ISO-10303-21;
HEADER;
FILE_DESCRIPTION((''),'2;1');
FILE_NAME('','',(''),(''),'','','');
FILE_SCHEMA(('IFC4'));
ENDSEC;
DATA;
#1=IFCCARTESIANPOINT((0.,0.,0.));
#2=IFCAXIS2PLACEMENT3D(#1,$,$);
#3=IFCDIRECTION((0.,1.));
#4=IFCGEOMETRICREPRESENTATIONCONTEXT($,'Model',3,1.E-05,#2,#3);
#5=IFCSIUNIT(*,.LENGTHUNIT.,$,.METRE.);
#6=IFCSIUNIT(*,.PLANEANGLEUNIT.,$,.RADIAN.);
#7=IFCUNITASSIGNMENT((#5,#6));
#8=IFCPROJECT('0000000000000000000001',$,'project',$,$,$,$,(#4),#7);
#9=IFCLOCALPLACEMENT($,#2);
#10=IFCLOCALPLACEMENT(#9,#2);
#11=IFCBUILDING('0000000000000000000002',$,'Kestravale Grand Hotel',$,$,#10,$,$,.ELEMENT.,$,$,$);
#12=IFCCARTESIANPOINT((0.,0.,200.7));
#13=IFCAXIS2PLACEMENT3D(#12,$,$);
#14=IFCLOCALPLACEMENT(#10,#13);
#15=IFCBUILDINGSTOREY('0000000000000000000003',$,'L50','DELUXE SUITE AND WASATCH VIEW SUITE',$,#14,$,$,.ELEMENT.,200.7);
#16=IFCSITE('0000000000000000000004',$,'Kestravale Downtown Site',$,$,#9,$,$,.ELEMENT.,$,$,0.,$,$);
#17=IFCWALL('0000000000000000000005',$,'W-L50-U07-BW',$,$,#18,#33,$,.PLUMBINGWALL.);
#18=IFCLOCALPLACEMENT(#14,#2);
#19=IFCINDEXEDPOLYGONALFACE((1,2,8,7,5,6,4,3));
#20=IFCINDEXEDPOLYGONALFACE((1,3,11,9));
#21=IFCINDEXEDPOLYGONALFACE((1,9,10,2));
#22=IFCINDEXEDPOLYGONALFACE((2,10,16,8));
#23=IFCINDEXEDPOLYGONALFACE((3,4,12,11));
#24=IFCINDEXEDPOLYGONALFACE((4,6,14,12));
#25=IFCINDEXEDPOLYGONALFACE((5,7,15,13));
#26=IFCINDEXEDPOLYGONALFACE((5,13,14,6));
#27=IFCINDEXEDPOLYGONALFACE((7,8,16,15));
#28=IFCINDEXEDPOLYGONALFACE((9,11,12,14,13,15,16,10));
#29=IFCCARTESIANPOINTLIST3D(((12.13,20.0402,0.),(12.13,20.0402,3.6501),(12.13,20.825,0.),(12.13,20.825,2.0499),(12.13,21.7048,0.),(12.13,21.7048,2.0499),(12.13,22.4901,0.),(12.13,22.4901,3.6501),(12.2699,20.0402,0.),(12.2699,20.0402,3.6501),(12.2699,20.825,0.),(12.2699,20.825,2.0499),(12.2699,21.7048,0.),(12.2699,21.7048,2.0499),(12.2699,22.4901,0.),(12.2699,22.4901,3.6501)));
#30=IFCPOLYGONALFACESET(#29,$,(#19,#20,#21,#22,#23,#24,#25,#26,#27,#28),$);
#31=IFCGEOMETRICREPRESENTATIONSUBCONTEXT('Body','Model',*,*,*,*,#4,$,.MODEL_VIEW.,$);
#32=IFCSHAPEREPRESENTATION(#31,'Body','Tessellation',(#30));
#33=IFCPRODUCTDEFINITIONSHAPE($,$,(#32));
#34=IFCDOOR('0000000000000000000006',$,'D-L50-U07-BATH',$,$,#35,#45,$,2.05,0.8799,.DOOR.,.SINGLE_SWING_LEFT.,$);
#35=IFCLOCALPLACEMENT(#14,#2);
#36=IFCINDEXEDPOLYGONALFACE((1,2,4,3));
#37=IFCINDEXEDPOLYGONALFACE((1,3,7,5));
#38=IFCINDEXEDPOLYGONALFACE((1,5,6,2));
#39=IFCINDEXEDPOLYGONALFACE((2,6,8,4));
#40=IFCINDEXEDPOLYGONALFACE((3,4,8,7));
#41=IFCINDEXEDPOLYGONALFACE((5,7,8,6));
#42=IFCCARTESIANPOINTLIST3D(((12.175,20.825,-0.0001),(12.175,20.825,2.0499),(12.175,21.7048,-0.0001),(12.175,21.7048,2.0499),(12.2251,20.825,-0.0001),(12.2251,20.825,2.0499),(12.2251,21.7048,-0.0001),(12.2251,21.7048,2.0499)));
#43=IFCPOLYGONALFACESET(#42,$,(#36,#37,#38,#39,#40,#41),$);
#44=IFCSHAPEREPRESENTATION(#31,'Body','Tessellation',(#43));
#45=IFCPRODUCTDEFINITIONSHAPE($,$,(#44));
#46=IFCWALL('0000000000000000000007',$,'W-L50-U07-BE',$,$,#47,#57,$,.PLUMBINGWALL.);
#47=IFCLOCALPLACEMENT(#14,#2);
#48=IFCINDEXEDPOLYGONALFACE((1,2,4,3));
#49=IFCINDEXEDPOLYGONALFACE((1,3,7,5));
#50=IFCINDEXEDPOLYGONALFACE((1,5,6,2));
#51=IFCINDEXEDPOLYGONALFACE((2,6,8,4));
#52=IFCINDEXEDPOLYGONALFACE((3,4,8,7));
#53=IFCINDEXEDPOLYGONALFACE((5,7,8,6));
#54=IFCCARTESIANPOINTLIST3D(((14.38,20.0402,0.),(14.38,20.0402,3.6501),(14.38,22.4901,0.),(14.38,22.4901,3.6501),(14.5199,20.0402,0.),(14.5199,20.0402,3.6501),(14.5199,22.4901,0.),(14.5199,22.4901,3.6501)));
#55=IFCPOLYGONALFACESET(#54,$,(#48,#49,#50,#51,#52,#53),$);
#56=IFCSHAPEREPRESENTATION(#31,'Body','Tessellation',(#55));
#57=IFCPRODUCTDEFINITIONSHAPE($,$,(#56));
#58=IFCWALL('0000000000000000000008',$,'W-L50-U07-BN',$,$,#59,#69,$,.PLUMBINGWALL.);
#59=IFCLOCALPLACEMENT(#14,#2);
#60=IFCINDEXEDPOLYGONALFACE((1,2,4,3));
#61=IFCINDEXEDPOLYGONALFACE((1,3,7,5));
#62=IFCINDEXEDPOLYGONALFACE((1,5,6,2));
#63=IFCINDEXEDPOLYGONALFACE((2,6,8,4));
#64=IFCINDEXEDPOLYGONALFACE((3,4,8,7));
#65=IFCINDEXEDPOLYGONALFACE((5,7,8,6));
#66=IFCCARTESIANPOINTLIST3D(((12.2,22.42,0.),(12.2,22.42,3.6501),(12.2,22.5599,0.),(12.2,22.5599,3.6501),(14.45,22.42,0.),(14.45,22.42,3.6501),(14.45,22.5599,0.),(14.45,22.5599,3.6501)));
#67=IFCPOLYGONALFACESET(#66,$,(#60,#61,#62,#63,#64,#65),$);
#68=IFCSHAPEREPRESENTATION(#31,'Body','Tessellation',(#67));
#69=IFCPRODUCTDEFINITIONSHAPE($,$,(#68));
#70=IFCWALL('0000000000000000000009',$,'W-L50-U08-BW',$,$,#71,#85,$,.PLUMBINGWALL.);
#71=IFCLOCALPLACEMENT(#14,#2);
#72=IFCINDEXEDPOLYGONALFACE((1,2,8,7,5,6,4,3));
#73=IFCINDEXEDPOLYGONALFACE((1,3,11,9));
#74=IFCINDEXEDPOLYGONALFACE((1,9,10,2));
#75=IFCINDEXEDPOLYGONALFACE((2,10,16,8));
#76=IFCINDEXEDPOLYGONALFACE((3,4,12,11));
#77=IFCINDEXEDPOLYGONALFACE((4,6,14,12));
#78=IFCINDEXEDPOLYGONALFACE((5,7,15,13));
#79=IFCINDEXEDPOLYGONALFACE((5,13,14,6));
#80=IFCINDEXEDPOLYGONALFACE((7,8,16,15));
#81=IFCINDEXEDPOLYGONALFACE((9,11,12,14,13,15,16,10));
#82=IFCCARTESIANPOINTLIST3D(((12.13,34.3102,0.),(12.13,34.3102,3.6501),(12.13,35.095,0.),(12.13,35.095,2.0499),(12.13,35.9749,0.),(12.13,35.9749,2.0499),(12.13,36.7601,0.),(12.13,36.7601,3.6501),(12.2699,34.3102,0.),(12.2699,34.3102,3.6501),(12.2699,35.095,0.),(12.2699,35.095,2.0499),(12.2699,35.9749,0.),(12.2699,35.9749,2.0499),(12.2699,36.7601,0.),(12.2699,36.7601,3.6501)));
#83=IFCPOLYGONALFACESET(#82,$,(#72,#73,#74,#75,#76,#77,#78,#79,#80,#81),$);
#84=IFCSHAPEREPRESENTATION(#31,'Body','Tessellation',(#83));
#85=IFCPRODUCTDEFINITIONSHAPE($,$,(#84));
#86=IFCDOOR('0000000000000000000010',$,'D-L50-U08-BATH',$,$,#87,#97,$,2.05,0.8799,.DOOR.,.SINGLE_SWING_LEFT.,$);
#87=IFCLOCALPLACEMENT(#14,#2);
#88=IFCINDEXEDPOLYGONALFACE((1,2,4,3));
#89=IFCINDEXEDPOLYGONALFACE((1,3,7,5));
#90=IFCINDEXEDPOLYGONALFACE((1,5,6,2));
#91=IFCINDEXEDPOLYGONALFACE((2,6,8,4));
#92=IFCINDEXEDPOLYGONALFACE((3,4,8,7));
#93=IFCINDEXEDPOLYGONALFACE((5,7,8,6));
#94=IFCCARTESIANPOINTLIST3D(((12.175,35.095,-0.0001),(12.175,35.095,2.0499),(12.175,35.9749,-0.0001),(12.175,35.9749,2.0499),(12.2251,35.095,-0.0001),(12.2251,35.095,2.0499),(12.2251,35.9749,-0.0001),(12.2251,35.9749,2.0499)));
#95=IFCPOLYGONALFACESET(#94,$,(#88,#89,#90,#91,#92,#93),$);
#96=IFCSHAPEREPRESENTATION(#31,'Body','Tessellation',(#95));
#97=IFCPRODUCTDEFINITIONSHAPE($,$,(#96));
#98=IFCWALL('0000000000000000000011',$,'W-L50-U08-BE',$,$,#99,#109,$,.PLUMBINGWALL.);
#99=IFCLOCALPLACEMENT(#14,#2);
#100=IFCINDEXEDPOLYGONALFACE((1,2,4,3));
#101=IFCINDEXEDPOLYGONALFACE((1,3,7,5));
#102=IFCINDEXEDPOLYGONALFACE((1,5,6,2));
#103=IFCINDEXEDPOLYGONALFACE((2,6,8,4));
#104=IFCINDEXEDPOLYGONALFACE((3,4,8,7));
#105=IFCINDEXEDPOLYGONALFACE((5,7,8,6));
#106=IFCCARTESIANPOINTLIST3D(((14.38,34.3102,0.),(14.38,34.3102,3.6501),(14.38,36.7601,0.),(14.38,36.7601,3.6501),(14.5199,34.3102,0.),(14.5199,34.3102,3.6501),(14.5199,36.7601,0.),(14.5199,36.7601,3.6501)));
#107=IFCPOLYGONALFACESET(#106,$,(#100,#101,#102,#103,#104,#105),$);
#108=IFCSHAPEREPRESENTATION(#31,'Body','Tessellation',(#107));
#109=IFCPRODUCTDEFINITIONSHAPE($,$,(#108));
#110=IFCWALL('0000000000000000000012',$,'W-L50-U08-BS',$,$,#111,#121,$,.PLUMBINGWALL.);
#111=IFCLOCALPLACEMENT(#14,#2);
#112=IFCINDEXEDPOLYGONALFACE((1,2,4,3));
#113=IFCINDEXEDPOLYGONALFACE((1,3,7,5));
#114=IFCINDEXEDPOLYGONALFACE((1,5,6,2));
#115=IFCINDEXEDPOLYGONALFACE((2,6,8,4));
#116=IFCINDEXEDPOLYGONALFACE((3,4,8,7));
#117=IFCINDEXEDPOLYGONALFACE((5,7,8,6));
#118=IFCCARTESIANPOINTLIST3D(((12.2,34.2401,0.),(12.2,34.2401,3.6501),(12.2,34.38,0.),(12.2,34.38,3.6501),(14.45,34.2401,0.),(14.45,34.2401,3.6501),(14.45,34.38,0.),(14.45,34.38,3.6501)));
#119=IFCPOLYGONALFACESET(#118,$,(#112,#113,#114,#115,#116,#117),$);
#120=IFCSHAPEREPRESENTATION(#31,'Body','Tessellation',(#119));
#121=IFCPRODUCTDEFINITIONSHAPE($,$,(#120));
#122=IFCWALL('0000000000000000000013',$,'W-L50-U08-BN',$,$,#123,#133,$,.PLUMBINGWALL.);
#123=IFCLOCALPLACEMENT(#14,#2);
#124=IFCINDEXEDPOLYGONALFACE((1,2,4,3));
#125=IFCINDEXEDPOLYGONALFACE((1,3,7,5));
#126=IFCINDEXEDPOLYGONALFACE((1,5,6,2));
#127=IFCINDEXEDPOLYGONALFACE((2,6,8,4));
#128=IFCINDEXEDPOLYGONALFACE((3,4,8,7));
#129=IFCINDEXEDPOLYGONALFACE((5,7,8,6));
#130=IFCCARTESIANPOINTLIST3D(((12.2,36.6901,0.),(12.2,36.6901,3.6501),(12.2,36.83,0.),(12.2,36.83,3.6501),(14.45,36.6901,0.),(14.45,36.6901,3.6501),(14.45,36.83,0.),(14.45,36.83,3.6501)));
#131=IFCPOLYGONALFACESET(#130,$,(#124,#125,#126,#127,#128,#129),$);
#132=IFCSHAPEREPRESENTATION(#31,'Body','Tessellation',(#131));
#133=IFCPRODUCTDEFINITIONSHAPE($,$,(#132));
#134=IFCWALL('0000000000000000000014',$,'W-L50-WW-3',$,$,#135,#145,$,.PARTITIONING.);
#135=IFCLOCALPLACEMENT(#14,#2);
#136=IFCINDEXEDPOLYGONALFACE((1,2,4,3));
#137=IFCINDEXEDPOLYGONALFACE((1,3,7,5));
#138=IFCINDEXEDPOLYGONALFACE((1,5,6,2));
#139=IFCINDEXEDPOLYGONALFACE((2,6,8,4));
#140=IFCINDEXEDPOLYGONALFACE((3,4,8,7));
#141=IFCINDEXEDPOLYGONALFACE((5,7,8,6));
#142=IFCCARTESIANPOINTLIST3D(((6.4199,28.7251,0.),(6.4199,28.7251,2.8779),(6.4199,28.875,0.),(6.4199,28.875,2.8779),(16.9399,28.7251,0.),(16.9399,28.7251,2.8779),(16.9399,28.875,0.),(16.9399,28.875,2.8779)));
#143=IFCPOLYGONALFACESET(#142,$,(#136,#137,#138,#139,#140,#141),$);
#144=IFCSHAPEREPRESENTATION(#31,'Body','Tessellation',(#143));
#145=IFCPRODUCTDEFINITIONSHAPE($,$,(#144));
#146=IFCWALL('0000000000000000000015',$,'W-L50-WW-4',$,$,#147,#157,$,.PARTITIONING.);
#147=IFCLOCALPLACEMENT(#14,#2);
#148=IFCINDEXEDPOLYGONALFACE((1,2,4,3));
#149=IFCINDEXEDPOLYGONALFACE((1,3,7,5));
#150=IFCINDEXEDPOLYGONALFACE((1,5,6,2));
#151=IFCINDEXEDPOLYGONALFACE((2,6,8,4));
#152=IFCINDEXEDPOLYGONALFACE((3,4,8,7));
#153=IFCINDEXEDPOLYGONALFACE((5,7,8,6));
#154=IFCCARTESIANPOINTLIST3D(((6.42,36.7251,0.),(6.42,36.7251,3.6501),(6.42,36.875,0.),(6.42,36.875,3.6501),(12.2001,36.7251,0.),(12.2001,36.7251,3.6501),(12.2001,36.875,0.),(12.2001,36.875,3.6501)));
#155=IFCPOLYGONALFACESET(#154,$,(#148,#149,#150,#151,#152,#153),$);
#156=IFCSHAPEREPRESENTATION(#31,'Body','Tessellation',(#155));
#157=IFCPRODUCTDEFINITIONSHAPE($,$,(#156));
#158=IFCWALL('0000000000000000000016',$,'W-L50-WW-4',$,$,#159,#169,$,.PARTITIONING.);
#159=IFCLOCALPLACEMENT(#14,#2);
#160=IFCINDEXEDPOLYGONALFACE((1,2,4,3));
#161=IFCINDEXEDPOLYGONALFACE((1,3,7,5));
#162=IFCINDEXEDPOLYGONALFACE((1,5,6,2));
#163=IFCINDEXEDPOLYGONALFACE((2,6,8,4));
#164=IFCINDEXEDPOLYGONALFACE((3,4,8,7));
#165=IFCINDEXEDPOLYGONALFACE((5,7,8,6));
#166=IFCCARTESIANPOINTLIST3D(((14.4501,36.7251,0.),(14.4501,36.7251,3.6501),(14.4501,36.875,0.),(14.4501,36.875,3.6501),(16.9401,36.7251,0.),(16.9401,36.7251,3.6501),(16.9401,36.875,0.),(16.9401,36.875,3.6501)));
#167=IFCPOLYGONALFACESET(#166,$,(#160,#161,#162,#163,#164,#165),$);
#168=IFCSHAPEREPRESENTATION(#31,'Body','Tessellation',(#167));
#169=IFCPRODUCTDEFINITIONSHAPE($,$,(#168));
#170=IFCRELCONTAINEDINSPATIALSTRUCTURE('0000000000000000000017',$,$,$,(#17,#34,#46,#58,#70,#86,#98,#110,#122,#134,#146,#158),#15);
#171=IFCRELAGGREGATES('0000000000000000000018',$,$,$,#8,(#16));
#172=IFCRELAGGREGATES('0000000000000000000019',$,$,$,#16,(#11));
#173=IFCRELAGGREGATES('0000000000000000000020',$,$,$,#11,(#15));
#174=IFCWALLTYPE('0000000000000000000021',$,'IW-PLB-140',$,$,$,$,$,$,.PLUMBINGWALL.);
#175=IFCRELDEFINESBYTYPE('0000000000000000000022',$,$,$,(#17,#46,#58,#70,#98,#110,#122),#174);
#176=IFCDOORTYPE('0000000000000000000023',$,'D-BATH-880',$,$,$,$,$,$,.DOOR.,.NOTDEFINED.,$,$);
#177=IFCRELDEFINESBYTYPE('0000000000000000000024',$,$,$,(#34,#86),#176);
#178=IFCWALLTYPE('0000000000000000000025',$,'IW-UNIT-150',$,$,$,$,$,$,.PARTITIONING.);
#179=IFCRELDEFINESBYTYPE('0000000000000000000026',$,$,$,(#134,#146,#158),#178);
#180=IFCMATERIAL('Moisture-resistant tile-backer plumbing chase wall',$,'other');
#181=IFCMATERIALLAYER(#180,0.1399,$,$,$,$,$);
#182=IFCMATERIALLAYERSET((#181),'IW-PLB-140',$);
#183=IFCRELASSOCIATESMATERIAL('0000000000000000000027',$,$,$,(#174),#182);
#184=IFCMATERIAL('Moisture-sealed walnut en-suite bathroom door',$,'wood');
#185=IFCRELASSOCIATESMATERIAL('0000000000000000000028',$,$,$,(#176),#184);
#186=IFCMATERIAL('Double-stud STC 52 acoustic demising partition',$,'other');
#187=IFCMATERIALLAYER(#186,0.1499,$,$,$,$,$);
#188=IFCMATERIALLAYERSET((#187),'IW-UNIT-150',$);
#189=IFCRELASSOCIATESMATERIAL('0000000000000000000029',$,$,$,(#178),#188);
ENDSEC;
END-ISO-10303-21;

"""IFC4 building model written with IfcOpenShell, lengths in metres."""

from ifc_helpers import new_model, si_unit, direction, frame, frame_2d, origin, place, context, subcontext, project, spatial, rectangle, extrude, material, layer, layer_set, type_object, element, fill, save


model = new_model("IFC4")

# Units and contexts
model_context = context("Model", 3, precision=1e-05, world=origin(), true_north=direction((0.0, 1.0)))
body_context = subcontext(model_context, "Body", "Model", "MODEL_VIEW")
ifc_project = project(units=[si_unit("LENGTHUNIT", "METRE"), si_unit("PLANEANGLEUNIT", "RADIAN")], contexts=[model_context])

# Site, building, storey
site_placement = place(None, origin())
site = spatial("IfcSite", under=ifc_project, at=site_placement, Name="Kestravale Downtown Site", CompositionType="ELEMENT", RefElevation=0.0)
building_placement = place(site_placement, origin())
building = spatial("IfcBuilding", under=site, at=building_placement, Name="Kestravale Grand Hotel", CompositionType="ELEMENT")
storey_placement = place(building_placement, frame((0.0, 0.0, 200.7)))
storey = spatial("IfcBuildingStorey", under=building, at=storey_placement, Name="L50", Description="DELUXE SUITE AND WASATCH VIEW SUITE", CompositionType="ELEMENT", Elevation=200.7)

# Wall, opening, door
ifc_material_1 = material(Name="Moisture-resistant tile-backer plumbing chase wall", Category="other")
ifc_layer_1 = layer(ifc_material_1, 0.1399)
ifc_layer_set_1 = layer_set([ifc_layer_1], Name="IW-PLB-140")
wall_type_1 = type_object("IfcWallType", Name="IW-PLB-140", PredefinedType="PLUMBINGWALL", material=ifc_layer_set_1)
wall_1_placement = place(storey_placement, frame((12.2, 20.04, 0.0), z_axis=(0.0, 0.0, 1.0), x_axis=(0.0, 1.0, 0.0)))
wall_1 = element("IfcWall", 1, at=wall_1_placement, inside=storey, type_object=wall_type_1, Name="W-L50-U07-BW", PredefinedType="PLUMBINGWALL", context=body_context, shape_type="SweptSolid", body=[
    extrude(rectangle(XDim=2.45, YDim=0.1399, at=frame_2d((1.2251, 0.0))), origin(), (0.0, 0.0, 1.0), 3.6501),
])
opening_1_placement = place(wall_1_placement, frame((0.7849, 0.0, 0.0)))
opening_1 = element("IfcOpeningElement", 2, at=opening_1_placement, cuts=wall_1, PredefinedType="OPENING", context=body_context, shape_type="SweptSolid", body=[
    extrude(rectangle(XDim=0.8799, YDim=2.05, at=frame_2d((0.4399, 1.0249))), frame((0.0, 0.0798, 0.0), z_axis=(0.0, -1.0, 0.0), x_axis=(1.0, 0.0, 0.0)), (0.0, 0.0, 1.0), 0.1599),
])
ifc_material_2 = material(Name="Moisture-sealed walnut en-suite bathroom door", Category="wood")
door_type = type_object("IfcDoorType", Name="D-BATH-880", OperationType="NOTDEFINED", PredefinedType="DOOR", material=ifc_material_2)
door_1_placement = place(opening_1_placement, origin())
door_1 = element("IfcDoor", 3, at=door_1_placement, inside=storey, type_object=door_type, Name="D-L50-U07-BATH", OperationType="SINGLE_SWING_LEFT", OverallHeight=2.05, OverallWidth=0.8799, PredefinedType="DOOR", context=body_context, shape_type="SweptSolid", body=[
    extrude(rectangle(XDim=0.8799, YDim=2.05, at=frame_2d((0.4399, 1.0249))), frame((0.0, 0.0249, 0.0), z_axis=(0.0, -1.0, 0.0), x_axis=(1.0, 0.0, 0.0)), (0.0, 0.0, 1.0), 0.05),
])
fill(opening_1, door_1)

# Walls
wall_2_placement = place(storey_placement, frame((14.45, 20.04, 0.0), z_axis=(0.0, 0.0, 1.0), x_axis=(0.0, 1.0, 0.0)))
element("IfcWall", 4, at=wall_2_placement, inside=storey, type_object=wall_type_1, Name="W-L50-U07-BE", PredefinedType="PLUMBINGWALL", context=body_context, shape_type="SweptSolid", body=[
    extrude(rectangle(XDim=2.45, YDim=0.1399, at=frame_2d((1.2251, 0.0))), origin(), (0.0, 0.0, 1.0), 3.6501),
])
wall_3_placement = place(storey_placement, frame((12.2, 22.49, 0.0), z_axis=(0.0, 0.0, 1.0), x_axis=(1.0, 0.0, 0.0)))
element("IfcWall", 5, at=wall_3_placement, inside=storey, type_object=wall_type_1, Name="W-L50-U07-BN", PredefinedType="PLUMBINGWALL", context=body_context, shape_type="SweptSolid", body=[
    extrude(rectangle(XDim=2.25, YDim=0.1399, at=frame_2d((1.125, 0.0))), origin(), (0.0, 0.0, 1.0), 3.6501),
])

# Wall, opening, door
wall_4_placement = place(storey_placement, frame((12.2, 34.3101, 0.0), z_axis=(0.0, 0.0, 1.0), x_axis=(0.0, 1.0, 0.0)))
wall_4 = element("IfcWall", 6, at=wall_4_placement, inside=storey, type_object=wall_type_1, Name="W-L50-U08-BW", PredefinedType="PLUMBINGWALL", context=body_context, shape_type="SweptSolid", body=[
    extrude(rectangle(XDim=2.45, YDim=0.1399, at=frame_2d((1.2251, 0.0))), origin(), (0.0, 0.0, 1.0), 3.6501),
])
opening_2_placement = place(wall_4_placement, frame((0.7849, 0.0, 0.0)))
opening_2 = element("IfcOpeningElement", 7, at=opening_2_placement, cuts=wall_4, PredefinedType="OPENING", context=body_context, shape_type="SweptSolid", body=[
    extrude(rectangle(XDim=0.8799, YDim=2.05, at=frame_2d((0.4399, 1.0249))), frame((0.0, 0.0798, 0.0), z_axis=(0.0, -1.0, 0.0), x_axis=(1.0, 0.0, 0.0)), (0.0, 0.0, 1.0), 0.1599),
])
door_2_placement = place(opening_2_placement, origin())
door_2 = element("IfcDoor", 8, at=door_2_placement, inside=storey, type_object=door_type, Name="D-L50-U08-BATH", OperationType="SINGLE_SWING_LEFT", OverallHeight=2.05, OverallWidth=0.8799, PredefinedType="DOOR", context=body_context, shape_type="SweptSolid", body=[
    extrude(rectangle(XDim=0.8799, YDim=2.05, at=frame_2d((0.4399, 1.0249))), frame((0.0, 0.0249, 0.0), z_axis=(0.0, -1.0, 0.0), x_axis=(1.0, 0.0, 0.0)), (0.0, 0.0, 1.0), 0.05),
])
fill(opening_2, door_2)

# Walls
wall_5_placement = place(storey_placement, frame((14.45, 34.3101, 0.0), z_axis=(0.0, 0.0, 1.0), x_axis=(0.0, 1.0, 0.0)))
element("IfcWall", 9, at=wall_5_placement, inside=storey, type_object=wall_type_1, Name="W-L50-U08-BE", PredefinedType="PLUMBINGWALL", context=body_context, shape_type="SweptSolid", body=[
    extrude(rectangle(XDim=2.45, YDim=0.1399, at=frame_2d((1.2251, 0.0))), origin(), (0.0, 0.0, 1.0), 3.6501),
])
for number, where, z_axis, x_axis, name in (
    (10, (12.2, 34.3101, 0.0), (0.0, 0.0, 1.0), (1.0, 0.0, 0.0), "W-L50-U08-BS"),
    (11, (12.2, 36.76, 0.0), (0.0, 0.0, 1.0), (1.0, 0.0, 0.0), "W-L50-U08-BN"),
):
    element("IfcWall", number, at=place(storey_placement, frame(where, z_axis=z_axis, x_axis=x_axis)), inside=storey, type_object=wall_type_1, Name=name, PredefinedType="PLUMBINGWALL", context=body_context, shape_type="SweptSolid", body=[
        extrude(rectangle(XDim=2.25, YDim=0.1399, at=frame_2d((1.125, 0.0))), origin(), (0.0, 0.0, 1.0), 3.6501),
    ])
ifc_material_3 = material(Name="Double-stud STC 52 acoustic demising partition", Category="other")
ifc_layer_2 = layer(ifc_material_3, 0.1499)
ifc_layer_set_2 = layer_set([ifc_layer_2], Name="IW-UNIT-150")
wall_type_2 = type_object("IfcWallType", Name="IW-UNIT-150", PredefinedType="PARTITIONING", material=ifc_layer_set_2)
wall_6_placement = place(storey_placement, frame((6.4199, 28.8, 0.0), z_axis=(0.0, 0.0, 1.0), x_axis=(1.0, 0.0, 0.0)))
element("IfcWall", 12, at=wall_6_placement, inside=storey, type_object=wall_type_2, Name="W-L50-WW-3", PredefinedType="PARTITIONING", context=body_context, shape_type="SweptSolid", body=[
    extrude(rectangle(XDim=10.52, YDim=0.1499, at=frame_2d((5.26, 0.0))), origin(), (0.0, 0.0, 1.0), 2.8779),
])
wall_7_placement = place(storey_placement, frame((6.4199, 36.8, 0.0), z_axis=(0.0, 0.0, 1.0), x_axis=(1.0, 0.0, 0.0)))
element("IfcWall", 13, at=wall_7_placement, inside=storey, type_object=wall_type_2, Name="W-L50-WW-4", PredefinedType="PARTITIONING", context=body_context, shape_type="SweptSolid", body=[
    extrude(rectangle(XDim=5.78, YDim=0.1499, at=frame_2d((2.8901, 0.0))), origin(), (0.0, 0.0, 1.0), 3.6501),
])
wall_8_placement = place(storey_placement, frame((14.45, 36.8, 0.0), z_axis=(0.0, 0.0, 1.0), x_axis=(1.0, 0.0, 0.0)))
element("IfcWall", 14, at=wall_8_placement, inside=storey, type_object=wall_type_2, Name="W-L50-WW-4", PredefinedType="PARTITIONING", context=body_context, shape_type="SweptSolid", body=[
    extrude(rectangle(XDim=2.49, YDim=0.1499, at=frame_2d((1.2451, 0.0))), origin(), (0.0, 0.0, 1.0), 3.6501),
])

save(model, "model.ifc")
